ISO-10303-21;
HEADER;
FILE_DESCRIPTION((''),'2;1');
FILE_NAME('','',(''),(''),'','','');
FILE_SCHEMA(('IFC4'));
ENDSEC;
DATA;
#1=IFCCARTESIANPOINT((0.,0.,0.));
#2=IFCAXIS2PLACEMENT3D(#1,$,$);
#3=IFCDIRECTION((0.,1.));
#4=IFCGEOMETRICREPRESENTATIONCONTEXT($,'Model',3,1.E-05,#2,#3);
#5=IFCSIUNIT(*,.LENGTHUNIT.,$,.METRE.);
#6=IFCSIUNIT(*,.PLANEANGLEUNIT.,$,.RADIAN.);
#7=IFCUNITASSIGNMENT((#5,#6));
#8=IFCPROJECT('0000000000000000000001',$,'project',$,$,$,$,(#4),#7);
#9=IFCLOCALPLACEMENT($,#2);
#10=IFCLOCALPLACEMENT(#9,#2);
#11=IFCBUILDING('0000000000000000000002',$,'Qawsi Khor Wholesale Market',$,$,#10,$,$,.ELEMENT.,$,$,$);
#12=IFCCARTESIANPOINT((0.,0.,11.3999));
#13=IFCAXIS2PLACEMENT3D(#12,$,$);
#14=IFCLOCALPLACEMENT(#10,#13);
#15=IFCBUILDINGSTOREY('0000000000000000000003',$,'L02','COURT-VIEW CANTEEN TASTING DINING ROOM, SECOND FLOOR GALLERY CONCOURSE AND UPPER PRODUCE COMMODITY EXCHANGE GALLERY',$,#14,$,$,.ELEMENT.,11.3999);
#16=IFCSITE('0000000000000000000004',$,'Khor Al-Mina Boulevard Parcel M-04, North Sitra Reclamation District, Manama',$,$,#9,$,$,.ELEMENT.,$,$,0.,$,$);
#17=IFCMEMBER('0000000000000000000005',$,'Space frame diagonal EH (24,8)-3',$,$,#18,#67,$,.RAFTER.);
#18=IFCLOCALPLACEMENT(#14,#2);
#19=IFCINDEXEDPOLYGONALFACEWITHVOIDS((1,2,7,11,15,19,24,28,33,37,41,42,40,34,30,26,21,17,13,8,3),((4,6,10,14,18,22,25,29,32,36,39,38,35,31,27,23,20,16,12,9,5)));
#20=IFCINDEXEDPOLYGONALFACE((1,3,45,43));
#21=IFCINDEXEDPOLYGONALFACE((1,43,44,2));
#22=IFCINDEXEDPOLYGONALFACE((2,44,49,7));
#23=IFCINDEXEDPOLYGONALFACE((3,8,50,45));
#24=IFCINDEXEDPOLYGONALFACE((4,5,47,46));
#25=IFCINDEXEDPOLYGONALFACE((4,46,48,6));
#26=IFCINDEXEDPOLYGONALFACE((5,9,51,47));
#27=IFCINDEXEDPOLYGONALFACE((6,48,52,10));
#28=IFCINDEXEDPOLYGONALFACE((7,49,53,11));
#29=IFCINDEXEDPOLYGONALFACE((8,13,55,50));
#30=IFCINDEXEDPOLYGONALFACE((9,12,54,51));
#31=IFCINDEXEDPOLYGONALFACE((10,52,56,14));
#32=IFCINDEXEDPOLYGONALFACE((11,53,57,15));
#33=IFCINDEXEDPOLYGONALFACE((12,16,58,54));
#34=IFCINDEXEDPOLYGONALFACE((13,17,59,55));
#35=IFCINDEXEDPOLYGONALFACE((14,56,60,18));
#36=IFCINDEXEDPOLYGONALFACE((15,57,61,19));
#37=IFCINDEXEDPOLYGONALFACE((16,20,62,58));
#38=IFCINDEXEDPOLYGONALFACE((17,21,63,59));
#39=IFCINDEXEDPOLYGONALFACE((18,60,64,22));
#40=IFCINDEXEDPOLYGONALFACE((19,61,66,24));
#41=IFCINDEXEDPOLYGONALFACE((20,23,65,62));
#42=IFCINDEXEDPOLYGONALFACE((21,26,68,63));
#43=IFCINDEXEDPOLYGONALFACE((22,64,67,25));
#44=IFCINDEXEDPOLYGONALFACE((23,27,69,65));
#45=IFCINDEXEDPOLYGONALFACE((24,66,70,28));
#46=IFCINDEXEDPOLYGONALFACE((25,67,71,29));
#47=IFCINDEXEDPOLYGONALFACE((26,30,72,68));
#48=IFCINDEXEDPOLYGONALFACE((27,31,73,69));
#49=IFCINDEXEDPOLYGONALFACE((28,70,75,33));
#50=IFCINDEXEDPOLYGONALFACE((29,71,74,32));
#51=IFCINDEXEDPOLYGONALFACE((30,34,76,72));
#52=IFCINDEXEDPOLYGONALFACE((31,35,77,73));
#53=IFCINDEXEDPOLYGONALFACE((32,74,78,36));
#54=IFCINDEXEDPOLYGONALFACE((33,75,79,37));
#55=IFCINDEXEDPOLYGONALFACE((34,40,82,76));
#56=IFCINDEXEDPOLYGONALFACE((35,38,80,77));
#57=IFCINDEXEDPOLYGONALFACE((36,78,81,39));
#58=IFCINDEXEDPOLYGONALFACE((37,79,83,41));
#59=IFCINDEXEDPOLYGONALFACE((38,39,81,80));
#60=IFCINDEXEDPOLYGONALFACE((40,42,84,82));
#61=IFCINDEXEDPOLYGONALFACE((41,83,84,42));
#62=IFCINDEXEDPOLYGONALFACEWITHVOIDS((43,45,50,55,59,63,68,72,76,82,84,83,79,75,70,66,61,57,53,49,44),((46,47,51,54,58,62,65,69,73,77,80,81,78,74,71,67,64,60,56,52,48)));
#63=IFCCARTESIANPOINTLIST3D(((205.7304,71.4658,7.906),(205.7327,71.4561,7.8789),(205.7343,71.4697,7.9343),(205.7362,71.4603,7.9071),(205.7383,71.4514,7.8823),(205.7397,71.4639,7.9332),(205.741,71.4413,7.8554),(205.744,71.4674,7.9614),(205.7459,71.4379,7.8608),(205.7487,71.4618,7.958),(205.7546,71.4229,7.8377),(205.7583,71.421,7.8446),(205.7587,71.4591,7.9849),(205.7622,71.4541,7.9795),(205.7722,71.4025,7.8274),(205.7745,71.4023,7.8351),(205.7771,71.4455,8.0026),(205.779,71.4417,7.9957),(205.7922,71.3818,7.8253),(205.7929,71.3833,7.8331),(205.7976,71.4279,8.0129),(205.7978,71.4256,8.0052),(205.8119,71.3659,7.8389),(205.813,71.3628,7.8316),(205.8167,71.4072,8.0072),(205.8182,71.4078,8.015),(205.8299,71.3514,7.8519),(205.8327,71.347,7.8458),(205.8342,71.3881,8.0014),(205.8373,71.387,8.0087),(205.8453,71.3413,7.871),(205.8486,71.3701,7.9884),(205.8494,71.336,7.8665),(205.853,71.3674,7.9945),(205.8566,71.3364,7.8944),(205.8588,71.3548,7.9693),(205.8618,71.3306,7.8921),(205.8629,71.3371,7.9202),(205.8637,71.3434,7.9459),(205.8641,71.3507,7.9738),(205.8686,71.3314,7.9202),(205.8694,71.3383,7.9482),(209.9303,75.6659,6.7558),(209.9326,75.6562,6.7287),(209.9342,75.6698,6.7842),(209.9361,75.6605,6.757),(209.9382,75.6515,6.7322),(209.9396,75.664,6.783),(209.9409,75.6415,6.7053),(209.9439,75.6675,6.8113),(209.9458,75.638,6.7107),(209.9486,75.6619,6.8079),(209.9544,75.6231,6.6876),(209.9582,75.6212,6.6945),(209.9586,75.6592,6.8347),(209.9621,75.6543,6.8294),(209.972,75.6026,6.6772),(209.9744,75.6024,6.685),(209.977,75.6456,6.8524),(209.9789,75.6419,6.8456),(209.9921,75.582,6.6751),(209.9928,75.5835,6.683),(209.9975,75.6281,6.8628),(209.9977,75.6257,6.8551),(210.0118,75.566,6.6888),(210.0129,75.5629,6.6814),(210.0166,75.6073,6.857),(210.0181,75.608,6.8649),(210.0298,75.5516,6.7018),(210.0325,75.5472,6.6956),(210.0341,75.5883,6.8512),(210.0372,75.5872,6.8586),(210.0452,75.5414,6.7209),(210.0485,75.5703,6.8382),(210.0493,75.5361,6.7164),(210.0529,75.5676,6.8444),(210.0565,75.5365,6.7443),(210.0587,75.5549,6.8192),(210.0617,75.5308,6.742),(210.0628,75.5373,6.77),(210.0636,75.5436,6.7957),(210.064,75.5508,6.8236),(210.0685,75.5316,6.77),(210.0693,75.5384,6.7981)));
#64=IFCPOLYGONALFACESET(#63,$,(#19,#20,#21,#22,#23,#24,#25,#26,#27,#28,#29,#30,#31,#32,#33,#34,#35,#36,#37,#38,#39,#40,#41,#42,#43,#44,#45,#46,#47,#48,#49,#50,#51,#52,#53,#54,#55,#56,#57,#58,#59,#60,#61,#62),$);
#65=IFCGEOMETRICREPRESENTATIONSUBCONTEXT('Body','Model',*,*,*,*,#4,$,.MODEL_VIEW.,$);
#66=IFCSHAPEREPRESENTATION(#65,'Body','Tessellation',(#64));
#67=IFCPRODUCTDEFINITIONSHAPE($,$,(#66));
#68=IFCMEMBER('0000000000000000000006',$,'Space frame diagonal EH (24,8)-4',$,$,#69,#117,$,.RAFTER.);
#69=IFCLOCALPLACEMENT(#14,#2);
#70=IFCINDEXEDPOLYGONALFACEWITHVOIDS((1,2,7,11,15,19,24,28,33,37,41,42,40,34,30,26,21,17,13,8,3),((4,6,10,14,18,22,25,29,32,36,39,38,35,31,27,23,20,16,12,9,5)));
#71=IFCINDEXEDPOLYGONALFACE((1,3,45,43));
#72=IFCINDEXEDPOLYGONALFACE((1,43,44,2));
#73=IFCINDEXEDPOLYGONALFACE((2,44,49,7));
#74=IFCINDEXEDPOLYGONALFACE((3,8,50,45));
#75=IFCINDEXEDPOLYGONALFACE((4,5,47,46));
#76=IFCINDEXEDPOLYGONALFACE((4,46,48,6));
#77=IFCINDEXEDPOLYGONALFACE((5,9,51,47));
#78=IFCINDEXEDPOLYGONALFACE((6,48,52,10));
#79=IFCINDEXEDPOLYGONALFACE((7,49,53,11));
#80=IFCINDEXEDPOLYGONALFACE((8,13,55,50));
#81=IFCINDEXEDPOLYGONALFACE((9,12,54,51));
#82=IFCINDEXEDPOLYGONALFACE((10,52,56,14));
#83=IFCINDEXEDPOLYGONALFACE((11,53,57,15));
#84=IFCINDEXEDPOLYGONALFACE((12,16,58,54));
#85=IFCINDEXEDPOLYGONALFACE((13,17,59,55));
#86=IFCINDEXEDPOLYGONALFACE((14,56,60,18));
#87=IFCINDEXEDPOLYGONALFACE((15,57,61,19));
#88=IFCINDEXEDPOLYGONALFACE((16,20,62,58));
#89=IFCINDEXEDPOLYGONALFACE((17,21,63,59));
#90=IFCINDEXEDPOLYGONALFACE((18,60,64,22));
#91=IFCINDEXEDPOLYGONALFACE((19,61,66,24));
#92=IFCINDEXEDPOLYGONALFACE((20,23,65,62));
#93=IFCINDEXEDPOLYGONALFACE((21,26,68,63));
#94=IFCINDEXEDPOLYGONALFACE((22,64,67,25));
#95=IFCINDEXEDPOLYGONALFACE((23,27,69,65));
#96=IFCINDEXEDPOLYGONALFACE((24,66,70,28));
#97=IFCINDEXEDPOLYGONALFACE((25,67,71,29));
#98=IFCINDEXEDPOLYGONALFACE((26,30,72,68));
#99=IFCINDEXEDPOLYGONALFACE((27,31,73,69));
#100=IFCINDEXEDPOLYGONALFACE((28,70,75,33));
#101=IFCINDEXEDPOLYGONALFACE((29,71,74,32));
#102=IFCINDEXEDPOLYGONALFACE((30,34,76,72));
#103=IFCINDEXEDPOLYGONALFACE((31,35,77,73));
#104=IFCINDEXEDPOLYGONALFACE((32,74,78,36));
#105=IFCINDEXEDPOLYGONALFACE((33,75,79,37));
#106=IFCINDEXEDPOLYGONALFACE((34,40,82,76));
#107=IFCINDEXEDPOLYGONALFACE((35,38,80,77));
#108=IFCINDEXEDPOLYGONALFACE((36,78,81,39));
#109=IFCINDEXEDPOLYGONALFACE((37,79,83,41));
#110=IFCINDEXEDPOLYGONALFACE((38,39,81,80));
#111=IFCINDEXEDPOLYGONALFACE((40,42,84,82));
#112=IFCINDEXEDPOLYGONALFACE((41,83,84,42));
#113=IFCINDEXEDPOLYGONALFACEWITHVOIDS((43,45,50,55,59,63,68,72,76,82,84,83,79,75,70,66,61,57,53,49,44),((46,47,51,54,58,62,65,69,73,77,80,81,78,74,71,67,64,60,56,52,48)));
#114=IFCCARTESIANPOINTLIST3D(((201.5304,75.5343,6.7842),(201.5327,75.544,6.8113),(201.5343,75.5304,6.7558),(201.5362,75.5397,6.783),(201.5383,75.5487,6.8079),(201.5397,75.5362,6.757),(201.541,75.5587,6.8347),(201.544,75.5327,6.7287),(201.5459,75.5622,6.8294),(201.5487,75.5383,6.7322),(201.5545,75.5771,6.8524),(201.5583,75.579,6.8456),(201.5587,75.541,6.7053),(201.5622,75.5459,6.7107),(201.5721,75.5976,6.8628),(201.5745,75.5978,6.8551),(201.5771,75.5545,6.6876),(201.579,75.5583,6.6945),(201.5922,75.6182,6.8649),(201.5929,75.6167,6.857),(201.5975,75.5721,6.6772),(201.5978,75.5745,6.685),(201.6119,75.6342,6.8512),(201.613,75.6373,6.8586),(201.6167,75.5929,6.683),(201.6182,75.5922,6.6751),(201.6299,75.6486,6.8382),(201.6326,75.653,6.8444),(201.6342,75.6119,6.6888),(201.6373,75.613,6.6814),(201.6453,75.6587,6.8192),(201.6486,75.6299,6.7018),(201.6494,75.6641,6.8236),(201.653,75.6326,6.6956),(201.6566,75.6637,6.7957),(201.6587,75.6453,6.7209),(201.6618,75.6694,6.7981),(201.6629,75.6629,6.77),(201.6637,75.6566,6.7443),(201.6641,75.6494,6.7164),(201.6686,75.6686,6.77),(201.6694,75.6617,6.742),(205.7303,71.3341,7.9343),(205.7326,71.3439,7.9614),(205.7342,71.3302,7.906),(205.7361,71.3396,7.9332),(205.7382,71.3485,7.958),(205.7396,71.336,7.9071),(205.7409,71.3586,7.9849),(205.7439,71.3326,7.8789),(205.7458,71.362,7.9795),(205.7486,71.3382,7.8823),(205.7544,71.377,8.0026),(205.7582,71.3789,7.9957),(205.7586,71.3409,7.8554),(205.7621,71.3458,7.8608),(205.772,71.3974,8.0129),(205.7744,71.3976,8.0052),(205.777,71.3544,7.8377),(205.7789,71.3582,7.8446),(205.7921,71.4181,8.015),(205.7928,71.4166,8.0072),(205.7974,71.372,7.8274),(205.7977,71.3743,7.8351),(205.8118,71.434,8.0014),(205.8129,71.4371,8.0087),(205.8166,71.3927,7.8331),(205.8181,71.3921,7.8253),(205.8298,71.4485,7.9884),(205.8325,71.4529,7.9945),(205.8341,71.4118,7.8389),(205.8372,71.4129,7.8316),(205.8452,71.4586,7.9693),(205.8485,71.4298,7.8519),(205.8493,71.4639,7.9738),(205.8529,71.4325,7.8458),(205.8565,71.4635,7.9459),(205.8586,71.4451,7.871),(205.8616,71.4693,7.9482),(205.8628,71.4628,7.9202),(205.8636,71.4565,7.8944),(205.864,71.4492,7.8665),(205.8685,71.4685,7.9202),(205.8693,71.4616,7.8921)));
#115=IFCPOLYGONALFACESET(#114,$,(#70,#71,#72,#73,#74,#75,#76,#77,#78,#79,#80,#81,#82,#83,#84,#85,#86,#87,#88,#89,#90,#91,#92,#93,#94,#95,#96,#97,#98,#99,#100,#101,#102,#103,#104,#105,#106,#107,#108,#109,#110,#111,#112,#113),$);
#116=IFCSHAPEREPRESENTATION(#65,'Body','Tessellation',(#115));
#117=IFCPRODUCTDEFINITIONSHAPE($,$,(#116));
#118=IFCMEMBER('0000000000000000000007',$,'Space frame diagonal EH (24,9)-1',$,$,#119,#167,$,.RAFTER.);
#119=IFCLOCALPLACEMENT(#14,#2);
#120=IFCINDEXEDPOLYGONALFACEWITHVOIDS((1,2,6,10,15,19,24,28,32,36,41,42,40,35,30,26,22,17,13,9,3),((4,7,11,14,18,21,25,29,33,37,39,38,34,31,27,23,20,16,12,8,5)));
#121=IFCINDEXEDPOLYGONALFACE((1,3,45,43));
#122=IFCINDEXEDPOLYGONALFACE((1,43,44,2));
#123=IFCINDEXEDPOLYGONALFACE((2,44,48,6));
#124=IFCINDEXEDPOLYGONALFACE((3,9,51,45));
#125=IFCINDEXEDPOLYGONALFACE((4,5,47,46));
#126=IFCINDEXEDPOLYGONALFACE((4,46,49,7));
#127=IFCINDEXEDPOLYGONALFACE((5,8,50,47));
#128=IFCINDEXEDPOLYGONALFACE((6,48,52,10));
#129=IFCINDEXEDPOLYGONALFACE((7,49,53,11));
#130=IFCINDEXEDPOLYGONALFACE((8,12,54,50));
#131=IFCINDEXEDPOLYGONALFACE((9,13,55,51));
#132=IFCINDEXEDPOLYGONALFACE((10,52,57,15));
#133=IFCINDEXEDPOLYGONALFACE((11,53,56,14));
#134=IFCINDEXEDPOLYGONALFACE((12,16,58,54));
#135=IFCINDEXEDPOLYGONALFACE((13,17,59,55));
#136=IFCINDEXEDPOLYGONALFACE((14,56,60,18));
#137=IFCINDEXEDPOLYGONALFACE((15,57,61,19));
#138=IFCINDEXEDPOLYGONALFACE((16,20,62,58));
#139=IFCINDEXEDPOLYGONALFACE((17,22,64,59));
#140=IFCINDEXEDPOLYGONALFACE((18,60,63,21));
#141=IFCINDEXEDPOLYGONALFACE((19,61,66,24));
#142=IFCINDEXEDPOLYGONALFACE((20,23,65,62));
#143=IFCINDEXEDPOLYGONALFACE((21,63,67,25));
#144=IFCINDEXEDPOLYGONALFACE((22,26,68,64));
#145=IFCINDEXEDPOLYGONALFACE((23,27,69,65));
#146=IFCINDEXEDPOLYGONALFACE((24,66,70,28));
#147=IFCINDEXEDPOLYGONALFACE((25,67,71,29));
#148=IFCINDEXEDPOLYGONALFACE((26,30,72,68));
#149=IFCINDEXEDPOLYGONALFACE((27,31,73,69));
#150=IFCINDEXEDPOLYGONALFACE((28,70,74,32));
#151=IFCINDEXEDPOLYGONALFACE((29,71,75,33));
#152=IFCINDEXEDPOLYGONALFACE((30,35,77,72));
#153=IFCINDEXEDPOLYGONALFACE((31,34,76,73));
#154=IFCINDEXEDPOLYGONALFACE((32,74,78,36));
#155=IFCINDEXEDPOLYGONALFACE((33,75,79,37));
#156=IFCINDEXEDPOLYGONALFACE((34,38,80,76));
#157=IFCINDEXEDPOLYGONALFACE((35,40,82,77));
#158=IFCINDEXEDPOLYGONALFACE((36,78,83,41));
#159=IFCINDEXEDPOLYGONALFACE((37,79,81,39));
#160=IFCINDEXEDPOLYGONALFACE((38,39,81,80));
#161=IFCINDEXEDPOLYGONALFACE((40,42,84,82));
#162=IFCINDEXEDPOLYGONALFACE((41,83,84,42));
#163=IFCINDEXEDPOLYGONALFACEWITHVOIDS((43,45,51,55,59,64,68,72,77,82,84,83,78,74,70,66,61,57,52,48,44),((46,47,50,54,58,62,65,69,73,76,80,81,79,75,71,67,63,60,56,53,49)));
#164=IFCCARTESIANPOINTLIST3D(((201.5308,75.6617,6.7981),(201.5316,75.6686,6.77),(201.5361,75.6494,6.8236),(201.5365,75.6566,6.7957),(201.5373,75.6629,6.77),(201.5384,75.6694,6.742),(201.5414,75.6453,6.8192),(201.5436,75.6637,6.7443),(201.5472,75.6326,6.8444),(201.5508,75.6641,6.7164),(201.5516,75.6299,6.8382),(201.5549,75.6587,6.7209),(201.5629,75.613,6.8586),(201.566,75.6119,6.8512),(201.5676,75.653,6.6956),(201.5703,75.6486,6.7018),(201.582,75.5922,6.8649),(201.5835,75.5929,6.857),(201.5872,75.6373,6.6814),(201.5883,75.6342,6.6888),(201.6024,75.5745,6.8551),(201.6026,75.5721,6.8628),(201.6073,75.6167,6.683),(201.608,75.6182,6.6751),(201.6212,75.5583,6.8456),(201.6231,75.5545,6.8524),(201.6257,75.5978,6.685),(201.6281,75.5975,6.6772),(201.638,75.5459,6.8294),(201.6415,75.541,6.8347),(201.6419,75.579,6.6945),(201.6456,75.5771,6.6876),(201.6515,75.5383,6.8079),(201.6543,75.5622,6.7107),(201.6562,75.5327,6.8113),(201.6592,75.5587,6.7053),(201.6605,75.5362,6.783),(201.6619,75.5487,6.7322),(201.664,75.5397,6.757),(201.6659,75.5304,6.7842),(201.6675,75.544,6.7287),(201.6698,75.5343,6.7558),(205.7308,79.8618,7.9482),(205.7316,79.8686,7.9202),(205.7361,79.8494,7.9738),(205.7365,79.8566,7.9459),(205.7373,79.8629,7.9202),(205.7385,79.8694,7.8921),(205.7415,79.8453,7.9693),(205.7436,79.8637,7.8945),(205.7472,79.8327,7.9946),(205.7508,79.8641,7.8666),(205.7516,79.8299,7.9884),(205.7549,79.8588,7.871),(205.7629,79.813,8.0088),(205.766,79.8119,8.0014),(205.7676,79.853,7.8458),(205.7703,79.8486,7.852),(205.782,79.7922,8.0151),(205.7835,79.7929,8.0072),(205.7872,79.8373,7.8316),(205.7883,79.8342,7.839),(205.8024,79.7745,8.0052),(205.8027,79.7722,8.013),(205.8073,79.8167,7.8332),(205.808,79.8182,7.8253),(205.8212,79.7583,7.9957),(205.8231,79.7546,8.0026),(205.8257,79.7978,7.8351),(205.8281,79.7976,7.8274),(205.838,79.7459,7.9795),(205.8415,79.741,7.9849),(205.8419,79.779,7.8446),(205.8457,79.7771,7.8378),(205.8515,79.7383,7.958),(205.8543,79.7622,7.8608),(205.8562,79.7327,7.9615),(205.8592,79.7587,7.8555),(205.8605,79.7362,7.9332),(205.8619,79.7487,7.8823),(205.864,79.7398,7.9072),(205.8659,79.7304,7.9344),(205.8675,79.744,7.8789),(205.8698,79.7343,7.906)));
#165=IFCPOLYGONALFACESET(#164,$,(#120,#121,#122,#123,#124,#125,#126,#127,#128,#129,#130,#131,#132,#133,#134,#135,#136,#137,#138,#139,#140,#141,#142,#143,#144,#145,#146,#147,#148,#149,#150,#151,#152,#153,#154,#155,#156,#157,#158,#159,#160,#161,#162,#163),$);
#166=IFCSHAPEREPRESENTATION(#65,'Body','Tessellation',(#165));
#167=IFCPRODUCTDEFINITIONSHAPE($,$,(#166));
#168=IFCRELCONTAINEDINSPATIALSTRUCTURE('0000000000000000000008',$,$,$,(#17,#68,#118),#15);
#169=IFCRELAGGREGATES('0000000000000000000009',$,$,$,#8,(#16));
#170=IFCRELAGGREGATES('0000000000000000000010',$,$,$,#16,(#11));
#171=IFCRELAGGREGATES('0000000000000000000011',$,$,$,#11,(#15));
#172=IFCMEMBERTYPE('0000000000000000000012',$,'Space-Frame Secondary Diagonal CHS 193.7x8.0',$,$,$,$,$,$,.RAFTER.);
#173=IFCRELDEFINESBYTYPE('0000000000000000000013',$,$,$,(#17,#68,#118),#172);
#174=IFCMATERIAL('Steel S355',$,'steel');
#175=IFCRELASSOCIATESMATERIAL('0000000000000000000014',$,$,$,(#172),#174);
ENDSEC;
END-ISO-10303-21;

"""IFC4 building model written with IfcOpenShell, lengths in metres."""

from ifc_helpers import new_model, si_unit, direction, frame, origin, origin_2d, place, context, subcontext, project, spatial, hollow_circle, extrude, material, material_profile, profile_set, type_object, element, save


model = new_model("IFC4")

# Units and contexts
model_context = context("Model", 3, precision=1e-05, world=origin(), true_north=direction((0.0, 1.0)))
body_context = subcontext(model_context, "Body", "Model", "MODEL_VIEW")
ifc_project = project(units=[si_unit("LENGTHUNIT", "METRE"), si_unit("PLANEANGLEUNIT", "RADIAN")], contexts=[model_context])

# Site, building, storey
site_placement = place(None, origin())
site = spatial("IfcSite", under=ifc_project, at=site_placement, Name="Khor Al-Mina Boulevard Parcel M-04, North Sitra Reclamation District, Manama", CompositionType="ELEMENT", RefElevation=0.0)
building_placement = place(site_placement, origin())
building = spatial("IfcBuilding", under=site, at=building_placement, Name="Qawsi Khor Wholesale Market", CompositionType="ELEMENT")
storey_placement = place(building_placement, frame((0.0, 0.0, 11.3999)))
storey = spatial("IfcBuildingStorey", under=building, at=storey_placement, Name="L02", Description="COURT-VIEW CANTEEN TASTING DINING ROOM, SECOND FLOOR GALLERY CONCOURSE AND UPPER PRODUCE COMMODITY EXCHANGE GALLERY", CompositionType="ELEMENT", Elevation=11.3999)

# Members
ifc_material_1 = material(Name="Steel S355", Category="steel")
ifc_material_profile_1 = material_profile(ifc_material_1, hollow_circle(Radius=0.0969, WallThickness=0.0081, at=origin_2d()), Name="CHS 193.7x8.0")
ifc_profile_set_1 = profile_set([ifc_material_profile_1], Name="Steel S355")
member_type_1 = type_object("IfcMemberType", Name="Space-Frame Secondary Diagonal CHS 193.7x8.0", PredefinedType="RAFTER", material=ifc_profile_set_1)
for number, where, z_axis, x_axis, name in (
    (1, (210.0, 75.6001, 6.77), (-0.694192, -0.694232, 0.190103), (0.707127, -0.707086, 0.0), "Space frame diagonal EH (24,8)-3"),
    (2, (201.6001, 75.6001, 6.77), (0.694192, -0.694232, 0.190103), (0.707127, 0.707086, 0.0), "Space frame diagonal EH (24,8)-4"),
    (3, (201.6001, 75.6001, 6.77), (0.694211, 0.694211, 0.190108), (-0.707107, 0.707107, 0.0), "Space frame diagonal EH (24,9)-1"),
):
    element("IfcMember", number, at=place(storey_placement, frame(where, z_axis=z_axis, x_axis=x_axis)), inside=storey, type_object=member_type_1, Name=name, PredefinedType="RAFTER", context=body_context, shape_type="SweptSolid", body=[
        extrude(hollow_circle(Radius=0.0969, WallThickness=0.0081, at=origin_2d()), origin(), (0.0, 0.0, 1.0), 6.05),
    ])

save(model, "model.ifc")
